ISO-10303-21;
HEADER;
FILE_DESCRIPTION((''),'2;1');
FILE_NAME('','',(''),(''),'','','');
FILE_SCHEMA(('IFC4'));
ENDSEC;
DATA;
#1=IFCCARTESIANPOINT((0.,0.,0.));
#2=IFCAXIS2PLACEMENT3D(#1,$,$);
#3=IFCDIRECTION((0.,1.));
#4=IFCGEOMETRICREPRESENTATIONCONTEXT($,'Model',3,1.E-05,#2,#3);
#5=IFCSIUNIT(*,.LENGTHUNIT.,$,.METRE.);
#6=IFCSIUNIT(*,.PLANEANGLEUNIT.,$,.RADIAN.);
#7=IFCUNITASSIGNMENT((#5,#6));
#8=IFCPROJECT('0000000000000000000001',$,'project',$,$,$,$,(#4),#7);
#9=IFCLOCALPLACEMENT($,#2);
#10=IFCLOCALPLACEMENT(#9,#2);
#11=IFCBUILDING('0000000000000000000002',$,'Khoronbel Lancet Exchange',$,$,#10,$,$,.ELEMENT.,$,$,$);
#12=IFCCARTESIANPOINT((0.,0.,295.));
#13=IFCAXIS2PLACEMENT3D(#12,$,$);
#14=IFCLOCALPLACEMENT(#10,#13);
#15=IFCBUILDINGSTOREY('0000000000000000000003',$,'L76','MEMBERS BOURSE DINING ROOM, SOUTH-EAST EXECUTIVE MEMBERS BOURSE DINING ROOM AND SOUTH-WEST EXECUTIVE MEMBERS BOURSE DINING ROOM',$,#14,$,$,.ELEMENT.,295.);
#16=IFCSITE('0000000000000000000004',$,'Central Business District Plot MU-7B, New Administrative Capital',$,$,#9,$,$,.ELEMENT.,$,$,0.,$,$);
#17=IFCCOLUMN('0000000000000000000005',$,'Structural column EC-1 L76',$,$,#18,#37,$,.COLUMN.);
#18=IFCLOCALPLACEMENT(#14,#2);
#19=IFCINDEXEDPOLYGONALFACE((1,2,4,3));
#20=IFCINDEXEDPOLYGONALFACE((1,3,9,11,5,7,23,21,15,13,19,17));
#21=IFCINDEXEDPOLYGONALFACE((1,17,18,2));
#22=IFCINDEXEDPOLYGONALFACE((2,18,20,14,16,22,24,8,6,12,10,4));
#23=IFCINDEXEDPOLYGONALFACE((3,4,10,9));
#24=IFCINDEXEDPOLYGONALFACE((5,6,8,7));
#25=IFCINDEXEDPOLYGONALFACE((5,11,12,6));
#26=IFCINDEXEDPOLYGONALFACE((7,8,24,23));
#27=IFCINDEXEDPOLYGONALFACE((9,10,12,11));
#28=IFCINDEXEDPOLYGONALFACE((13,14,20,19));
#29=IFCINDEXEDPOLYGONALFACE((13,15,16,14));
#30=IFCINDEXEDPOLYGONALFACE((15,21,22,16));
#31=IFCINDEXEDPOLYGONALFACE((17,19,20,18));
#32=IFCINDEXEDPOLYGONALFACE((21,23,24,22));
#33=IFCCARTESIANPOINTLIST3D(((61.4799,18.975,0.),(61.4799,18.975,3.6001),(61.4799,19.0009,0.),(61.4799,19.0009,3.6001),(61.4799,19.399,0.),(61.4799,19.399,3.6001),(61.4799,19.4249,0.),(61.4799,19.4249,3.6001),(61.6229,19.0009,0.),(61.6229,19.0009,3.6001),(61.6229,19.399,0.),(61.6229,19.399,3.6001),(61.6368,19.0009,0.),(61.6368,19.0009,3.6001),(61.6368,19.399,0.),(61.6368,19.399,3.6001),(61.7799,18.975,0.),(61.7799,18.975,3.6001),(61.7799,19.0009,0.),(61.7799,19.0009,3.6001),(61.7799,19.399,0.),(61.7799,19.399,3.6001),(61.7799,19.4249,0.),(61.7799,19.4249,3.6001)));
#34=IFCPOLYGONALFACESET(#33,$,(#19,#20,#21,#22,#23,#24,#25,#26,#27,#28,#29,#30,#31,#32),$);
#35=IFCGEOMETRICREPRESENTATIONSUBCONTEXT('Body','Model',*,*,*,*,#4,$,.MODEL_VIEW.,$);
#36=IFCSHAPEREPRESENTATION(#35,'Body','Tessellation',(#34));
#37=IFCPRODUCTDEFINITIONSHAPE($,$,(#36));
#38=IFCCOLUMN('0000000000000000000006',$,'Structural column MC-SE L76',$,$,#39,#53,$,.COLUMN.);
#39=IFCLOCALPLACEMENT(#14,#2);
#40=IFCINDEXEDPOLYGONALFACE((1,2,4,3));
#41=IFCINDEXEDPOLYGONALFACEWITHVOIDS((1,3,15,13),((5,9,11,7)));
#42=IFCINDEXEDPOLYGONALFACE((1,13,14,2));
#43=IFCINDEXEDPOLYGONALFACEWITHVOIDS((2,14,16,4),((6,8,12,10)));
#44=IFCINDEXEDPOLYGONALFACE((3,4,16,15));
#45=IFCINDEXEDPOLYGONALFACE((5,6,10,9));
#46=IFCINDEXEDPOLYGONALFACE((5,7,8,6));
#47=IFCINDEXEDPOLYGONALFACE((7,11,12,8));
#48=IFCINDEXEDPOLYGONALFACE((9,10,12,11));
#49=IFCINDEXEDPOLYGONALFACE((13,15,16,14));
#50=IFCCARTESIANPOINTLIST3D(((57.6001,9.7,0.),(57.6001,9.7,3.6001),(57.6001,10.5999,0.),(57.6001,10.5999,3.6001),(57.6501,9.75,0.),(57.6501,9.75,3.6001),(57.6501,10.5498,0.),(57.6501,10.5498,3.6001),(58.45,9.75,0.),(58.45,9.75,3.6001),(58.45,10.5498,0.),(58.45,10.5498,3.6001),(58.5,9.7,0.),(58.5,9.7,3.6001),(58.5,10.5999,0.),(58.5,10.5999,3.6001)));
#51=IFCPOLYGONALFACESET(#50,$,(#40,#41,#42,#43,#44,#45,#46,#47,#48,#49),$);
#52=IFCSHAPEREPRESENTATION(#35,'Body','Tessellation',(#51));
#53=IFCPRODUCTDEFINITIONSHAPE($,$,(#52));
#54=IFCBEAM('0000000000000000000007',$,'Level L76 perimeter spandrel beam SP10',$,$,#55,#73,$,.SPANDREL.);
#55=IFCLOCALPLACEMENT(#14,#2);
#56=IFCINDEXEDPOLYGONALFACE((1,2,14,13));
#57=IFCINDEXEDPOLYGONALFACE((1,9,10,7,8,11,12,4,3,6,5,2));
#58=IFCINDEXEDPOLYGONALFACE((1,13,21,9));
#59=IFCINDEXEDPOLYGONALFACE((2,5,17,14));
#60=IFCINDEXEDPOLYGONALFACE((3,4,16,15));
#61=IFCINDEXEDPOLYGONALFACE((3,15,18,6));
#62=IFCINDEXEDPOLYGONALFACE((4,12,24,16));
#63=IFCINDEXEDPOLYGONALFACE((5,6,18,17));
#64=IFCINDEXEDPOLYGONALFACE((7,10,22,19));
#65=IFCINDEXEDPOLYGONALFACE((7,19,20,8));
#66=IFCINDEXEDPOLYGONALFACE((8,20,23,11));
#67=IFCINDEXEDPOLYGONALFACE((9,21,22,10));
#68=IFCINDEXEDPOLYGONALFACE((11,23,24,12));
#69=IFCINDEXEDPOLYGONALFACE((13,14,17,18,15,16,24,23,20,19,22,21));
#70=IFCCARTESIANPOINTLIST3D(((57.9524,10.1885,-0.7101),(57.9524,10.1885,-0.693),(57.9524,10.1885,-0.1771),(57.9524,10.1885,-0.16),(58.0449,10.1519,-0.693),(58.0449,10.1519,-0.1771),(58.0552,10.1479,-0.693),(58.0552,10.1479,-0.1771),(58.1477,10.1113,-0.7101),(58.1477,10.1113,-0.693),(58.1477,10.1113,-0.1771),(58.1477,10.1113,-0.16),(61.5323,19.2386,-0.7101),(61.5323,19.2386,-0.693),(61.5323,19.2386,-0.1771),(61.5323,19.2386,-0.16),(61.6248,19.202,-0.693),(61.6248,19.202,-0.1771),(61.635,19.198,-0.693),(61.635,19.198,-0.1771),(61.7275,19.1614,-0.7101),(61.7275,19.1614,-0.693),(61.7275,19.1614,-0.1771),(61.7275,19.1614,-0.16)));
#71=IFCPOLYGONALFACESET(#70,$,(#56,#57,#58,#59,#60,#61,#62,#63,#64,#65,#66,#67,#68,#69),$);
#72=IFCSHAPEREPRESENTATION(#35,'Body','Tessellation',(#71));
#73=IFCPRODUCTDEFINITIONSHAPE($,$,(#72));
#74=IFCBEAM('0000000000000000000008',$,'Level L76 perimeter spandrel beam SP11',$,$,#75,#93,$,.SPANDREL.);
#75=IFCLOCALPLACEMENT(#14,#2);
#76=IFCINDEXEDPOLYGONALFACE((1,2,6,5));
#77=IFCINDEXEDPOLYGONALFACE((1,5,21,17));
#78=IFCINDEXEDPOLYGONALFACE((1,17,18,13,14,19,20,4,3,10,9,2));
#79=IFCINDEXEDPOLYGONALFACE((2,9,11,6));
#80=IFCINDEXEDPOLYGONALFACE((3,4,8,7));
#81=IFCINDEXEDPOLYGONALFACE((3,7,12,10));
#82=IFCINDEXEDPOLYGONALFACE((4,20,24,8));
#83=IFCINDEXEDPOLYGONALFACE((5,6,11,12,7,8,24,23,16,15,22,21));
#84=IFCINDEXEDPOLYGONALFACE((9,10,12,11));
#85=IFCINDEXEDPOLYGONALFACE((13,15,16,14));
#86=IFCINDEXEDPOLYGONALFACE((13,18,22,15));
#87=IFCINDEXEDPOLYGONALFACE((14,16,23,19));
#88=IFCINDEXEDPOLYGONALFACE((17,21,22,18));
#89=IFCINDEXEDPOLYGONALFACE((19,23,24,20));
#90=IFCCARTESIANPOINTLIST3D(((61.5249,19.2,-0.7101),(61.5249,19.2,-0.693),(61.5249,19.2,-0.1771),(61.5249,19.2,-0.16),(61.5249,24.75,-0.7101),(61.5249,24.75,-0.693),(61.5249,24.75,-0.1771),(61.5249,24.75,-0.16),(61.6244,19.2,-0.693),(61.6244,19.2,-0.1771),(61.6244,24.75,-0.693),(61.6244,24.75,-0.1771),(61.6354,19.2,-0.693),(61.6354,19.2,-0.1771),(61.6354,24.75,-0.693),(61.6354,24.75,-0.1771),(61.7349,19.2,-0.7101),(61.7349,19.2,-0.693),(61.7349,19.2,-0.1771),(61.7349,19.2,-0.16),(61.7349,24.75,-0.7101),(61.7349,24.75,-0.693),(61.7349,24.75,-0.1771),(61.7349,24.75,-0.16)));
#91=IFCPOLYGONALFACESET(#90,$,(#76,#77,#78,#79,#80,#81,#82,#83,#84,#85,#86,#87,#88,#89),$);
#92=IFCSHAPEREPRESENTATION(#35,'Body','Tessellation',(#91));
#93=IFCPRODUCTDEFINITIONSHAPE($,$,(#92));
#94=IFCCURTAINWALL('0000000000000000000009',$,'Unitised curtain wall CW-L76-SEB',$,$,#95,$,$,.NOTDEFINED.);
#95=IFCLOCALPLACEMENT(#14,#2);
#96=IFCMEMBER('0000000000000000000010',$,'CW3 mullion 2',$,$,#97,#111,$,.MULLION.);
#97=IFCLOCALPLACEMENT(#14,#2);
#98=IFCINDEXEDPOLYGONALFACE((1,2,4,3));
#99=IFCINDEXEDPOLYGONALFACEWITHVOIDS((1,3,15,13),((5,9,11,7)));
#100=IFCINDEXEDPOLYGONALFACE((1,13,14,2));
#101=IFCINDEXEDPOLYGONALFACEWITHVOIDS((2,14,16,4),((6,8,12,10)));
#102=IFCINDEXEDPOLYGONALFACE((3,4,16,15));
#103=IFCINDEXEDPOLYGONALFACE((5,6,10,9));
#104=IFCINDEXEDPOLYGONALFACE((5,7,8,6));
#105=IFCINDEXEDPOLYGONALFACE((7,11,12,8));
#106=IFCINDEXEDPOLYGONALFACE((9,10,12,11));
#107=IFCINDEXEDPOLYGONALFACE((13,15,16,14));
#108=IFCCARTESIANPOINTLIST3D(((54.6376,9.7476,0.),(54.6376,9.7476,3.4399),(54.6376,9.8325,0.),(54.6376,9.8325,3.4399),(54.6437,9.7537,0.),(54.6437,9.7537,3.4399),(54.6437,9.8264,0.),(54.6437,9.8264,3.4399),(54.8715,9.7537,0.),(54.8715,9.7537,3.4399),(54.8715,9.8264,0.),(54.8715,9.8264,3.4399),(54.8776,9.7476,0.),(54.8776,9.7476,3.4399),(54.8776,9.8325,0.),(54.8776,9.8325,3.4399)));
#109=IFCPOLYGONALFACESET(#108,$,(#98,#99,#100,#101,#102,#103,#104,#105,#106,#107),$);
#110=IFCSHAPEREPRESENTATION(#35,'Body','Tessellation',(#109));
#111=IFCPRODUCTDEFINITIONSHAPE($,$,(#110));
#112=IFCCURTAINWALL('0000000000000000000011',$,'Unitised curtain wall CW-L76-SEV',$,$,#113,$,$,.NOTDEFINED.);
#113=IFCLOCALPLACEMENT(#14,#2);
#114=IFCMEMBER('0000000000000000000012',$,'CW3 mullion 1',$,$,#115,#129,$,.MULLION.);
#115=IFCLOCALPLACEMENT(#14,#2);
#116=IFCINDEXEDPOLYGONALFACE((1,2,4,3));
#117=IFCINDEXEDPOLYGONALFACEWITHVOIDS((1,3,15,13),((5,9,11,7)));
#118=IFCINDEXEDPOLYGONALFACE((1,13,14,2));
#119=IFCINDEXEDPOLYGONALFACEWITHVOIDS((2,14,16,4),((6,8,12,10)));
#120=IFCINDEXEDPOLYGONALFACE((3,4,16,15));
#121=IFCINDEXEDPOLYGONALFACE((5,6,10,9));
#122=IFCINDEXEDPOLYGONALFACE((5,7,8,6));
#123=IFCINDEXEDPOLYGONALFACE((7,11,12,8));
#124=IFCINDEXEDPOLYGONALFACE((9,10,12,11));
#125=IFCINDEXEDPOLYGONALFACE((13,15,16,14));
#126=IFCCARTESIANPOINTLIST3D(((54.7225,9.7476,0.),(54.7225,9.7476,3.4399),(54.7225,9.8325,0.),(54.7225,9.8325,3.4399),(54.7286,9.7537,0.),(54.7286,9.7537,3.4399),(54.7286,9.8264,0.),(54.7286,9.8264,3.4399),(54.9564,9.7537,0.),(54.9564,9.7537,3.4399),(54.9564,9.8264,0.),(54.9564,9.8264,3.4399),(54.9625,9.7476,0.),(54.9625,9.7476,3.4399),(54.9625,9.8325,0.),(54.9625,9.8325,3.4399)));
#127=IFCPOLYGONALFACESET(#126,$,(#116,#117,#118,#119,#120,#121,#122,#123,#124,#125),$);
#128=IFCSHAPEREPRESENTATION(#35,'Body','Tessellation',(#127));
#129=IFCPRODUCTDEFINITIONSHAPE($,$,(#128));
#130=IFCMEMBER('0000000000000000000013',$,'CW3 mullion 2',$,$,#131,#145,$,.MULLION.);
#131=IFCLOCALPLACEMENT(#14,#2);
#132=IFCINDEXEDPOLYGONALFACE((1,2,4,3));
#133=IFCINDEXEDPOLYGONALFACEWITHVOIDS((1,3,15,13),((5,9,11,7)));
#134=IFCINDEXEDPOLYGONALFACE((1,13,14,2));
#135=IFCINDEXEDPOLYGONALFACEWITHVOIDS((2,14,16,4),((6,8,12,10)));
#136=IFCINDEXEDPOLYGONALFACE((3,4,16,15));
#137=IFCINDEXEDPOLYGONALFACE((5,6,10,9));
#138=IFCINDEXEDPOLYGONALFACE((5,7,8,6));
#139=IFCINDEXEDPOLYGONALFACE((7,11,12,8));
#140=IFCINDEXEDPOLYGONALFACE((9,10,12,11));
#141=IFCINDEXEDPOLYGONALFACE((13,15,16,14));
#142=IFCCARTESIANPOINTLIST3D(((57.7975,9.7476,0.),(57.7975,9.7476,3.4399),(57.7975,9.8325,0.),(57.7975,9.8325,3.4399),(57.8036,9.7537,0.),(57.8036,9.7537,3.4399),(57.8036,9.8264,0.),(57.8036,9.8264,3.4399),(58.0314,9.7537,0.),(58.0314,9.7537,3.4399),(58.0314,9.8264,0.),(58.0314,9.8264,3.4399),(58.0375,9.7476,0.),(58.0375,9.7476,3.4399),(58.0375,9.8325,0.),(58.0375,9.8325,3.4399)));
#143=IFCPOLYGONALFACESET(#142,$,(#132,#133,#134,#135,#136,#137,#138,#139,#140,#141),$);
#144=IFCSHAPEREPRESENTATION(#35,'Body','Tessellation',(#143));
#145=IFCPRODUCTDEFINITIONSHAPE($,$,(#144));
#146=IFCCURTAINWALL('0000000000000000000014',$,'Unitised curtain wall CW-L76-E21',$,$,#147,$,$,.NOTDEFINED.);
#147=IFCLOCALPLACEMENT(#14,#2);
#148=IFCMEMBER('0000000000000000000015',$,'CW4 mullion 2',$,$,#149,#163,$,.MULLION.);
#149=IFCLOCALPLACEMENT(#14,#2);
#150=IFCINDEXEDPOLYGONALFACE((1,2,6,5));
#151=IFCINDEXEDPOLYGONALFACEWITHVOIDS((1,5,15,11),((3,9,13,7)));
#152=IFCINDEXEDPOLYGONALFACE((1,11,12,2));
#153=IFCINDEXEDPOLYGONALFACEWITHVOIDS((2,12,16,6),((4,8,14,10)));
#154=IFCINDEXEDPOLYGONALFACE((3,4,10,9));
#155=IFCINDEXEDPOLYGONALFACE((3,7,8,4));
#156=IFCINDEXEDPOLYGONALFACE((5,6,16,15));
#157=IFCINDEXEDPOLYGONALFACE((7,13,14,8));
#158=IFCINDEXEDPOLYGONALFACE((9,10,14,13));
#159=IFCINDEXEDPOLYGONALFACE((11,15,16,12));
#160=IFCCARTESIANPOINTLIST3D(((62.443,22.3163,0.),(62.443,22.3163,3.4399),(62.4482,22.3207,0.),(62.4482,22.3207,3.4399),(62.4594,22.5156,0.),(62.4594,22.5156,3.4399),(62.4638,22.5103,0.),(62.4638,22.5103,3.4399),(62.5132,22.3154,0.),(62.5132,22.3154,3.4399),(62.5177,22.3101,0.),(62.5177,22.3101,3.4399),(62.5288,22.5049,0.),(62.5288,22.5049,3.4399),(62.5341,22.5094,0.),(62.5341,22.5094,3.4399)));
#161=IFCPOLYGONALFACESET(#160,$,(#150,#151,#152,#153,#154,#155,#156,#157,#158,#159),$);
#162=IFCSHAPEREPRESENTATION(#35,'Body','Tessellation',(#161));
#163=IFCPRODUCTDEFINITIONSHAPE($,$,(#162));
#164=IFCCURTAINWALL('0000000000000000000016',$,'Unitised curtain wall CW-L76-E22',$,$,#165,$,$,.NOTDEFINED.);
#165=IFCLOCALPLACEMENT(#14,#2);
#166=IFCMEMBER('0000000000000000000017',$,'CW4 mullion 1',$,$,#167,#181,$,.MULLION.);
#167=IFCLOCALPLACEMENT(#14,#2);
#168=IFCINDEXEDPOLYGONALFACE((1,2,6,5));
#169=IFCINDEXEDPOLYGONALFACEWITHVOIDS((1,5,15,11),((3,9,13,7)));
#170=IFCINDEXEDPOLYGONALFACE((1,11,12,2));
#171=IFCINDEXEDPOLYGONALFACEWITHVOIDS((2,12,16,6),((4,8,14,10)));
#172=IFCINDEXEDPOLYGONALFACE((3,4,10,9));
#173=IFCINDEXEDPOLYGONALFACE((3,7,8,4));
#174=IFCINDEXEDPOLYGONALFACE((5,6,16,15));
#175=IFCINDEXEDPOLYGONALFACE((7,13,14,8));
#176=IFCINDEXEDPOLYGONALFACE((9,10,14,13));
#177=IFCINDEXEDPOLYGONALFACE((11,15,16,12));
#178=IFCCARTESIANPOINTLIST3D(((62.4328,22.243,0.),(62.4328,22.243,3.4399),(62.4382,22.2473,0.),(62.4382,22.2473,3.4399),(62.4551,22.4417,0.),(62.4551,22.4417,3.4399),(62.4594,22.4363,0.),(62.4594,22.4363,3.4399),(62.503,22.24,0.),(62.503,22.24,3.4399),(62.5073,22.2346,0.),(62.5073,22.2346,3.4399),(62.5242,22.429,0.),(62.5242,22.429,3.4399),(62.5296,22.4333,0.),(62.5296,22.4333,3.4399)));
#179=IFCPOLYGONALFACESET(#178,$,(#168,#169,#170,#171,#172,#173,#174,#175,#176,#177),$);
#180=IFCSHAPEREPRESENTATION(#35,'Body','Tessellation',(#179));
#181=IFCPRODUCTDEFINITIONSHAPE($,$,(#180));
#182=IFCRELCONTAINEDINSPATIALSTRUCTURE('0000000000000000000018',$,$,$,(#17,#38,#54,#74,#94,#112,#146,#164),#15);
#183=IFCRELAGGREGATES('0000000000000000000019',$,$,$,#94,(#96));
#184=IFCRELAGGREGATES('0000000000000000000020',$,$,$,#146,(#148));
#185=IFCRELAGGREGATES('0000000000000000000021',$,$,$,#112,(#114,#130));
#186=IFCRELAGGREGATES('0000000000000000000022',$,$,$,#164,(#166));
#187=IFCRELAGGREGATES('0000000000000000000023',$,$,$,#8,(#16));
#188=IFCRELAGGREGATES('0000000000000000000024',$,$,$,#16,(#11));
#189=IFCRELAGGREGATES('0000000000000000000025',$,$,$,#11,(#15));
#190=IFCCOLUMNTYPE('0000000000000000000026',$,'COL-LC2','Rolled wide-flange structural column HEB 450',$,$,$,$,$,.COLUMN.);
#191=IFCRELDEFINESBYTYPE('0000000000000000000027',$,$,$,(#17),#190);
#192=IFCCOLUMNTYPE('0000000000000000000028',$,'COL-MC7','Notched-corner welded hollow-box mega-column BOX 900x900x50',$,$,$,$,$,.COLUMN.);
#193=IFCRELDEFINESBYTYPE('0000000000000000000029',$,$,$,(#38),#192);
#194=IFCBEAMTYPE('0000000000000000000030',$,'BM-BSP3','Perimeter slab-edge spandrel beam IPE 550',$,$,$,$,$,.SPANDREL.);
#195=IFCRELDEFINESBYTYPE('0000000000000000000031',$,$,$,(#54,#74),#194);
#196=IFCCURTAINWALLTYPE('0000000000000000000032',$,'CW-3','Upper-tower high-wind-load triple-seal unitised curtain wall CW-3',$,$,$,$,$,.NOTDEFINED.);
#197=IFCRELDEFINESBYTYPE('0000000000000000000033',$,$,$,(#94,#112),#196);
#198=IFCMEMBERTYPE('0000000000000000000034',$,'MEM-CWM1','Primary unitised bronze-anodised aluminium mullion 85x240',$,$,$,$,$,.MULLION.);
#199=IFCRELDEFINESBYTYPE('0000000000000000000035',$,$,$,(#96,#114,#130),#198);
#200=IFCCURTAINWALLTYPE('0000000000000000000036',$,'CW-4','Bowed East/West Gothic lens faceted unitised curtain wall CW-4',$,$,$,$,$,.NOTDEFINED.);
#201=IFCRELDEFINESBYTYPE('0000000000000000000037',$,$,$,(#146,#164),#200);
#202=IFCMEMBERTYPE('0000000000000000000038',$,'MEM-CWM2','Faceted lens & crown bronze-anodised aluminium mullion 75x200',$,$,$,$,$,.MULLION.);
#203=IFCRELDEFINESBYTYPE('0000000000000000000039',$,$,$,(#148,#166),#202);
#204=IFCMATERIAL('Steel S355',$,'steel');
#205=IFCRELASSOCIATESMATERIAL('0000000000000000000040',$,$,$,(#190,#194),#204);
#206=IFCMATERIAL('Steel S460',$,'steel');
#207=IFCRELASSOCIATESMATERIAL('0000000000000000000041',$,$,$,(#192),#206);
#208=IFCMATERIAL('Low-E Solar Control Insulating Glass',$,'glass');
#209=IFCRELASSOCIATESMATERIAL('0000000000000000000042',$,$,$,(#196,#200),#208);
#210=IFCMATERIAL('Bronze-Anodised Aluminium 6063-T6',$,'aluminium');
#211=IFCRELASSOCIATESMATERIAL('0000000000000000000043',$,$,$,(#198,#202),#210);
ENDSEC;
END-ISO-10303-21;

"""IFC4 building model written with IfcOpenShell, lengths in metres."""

from ifc_helpers import new_model, si_unit, direction, frame, origin, origin_2d, place, context, subcontext, project, spatial, hollow_rectangle, i_section, extrude, material, material_profile, profile_set, type_object, element, aggregate, save


model = new_model("IFC4")

# Units and contexts
model_context = context("Model", 3, precision=1e-05, world=origin(), true_north=direction((0.0, 1.0)))
body_context = subcontext(model_context, "Body", "Model", "MODEL_VIEW")
ifc_project = project(units=[si_unit("LENGTHUNIT", "METRE"), si_unit("PLANEANGLEUNIT", "RADIAN")], contexts=[model_context])

# Site, building, storey
site_placement = place(None, origin())
site = spatial("IfcSite", under=ifc_project, at=site_placement, Name="Central Business District Plot MU-7B, New Administrative Capital", CompositionType="ELEMENT", RefElevation=0.0)
building_placement = place(site_placement, origin())
building = spatial("IfcBuilding", under=site, at=building_placement, Name="Khoronbel Lancet Exchange", CompositionType="ELEMENT")
storey_placement = place(building_placement, frame((0.0, 0.0, 295.0)))
storey = spatial("IfcBuildingStorey", under=building, at=storey_placement, Name="L76", Description="MEMBERS BOURSE DINING ROOM, SOUTH-EAST EXECUTIVE MEMBERS BOURSE DINING ROOM AND SOUTH-WEST EXECUTIVE MEMBERS BOURSE DINING ROOM", CompositionType="ELEMENT", Elevation=295.0)

# Columns
ifc_material_1 = material(Name="Steel S355", Category="steel")
ifc_material_profile_1 = material_profile(ifc_material_1, i_section(OverallWidth=0.3, OverallDepth=0.45, WebThickness=0.0139, FlangeThickness=0.0259, at=origin_2d()), Name="HEB 450")
ifc_profile_set_1 = profile_set([ifc_material_profile_1], Name="Steel S355")
column_type_1 = type_object("IfcColumnType", Name="COL-LC2", Description="Rolled wide-flange structural column HEB 450", PredefinedType="COLUMN", material=ifc_profile_set_1)
column_1_placement = place(storey_placement, frame((61.6299, 19.2, 0.0), z_axis=(0.0, 0.0, 1.0), x_axis=(1.0, 0.0, 0.0)))
element("IfcColumn", 1, at=column_1_placement, inside=storey, type_object=column_type_1, Name="Structural column EC-1 L76", PredefinedType="COLUMN", context=body_context, shape_type="SweptSolid", body=[
    extrude(i_section(OverallWidth=0.3, OverallDepth=0.45, WebThickness=0.0139, FlangeThickness=0.0259, at=origin_2d()), origin(), (0.0, 0.0, 1.0), 3.6001),
])
ifc_material_2 = material(Name="Steel S460", Category="steel")
ifc_material_profile_2 = material_profile(ifc_material_2, hollow_rectangle(XDim=0.8999, YDim=0.8999, WallThickness=0.05, at=origin_2d()), Name="BOX 900x900x50")
ifc_profile_set_2 = profile_set([ifc_material_profile_2], Name="Steel S460")
column_type_2 = type_object("IfcColumnType", Name="COL-MC7", Description="Notched-corner welded hollow-box mega-column BOX 900x900x50", PredefinedType="COLUMN", material=ifc_profile_set_2)
column_2_placement = place(storey_placement, frame((58.05, 10.1499, 0.0), z_axis=(0.0, 0.0, 1.0), x_axis=(1.0, 0.0, 0.0)))
element("IfcColumn", 2, at=column_2_placement, inside=storey, type_object=column_type_2, Name="Structural column MC-SE L76", PredefinedType="COLUMN", context=body_context, shape_type="SweptSolid", body=[
    extrude(hollow_rectangle(XDim=0.8999, YDim=0.8999, WallThickness=0.05, at=origin_2d()), origin(), (0.0, 0.0, 1.0), 3.6001),
])

# Beams
ifc_material_profile_3 = material_profile(ifc_material_1, i_section(OverallWidth=0.21, OverallDepth=0.55, WebThickness=0.011, FlangeThickness=0.0171, at=origin_2d()), Name="IPE 550")
ifc_profile_set_3 = profile_set([ifc_material_profile_3], Name="Steel S355")
beam_type = type_object("IfcBeamType", Name="BM-BSP3", Description="Perimeter slab-edge spandrel beam IPE 550", PredefinedType="SPANDREL", material=ifc_profile_set_3)
beam_1_placement = place(storey_placement, frame((58.05, 10.1499, -0.4351), z_axis=(0.367828, 0.929894, 0.0), x_axis=(-0.929894, 0.367828, 0.0)))
element("IfcBeam", 3, at=beam_1_placement, inside=storey, type_object=beam_type, Name="Level L76 perimeter spandrel beam SP10", PredefinedType="SPANDREL", context=body_context, shape_type="SweptSolid", body=[
    extrude(i_section(OverallWidth=0.21, OverallDepth=0.55, WebThickness=0.011, FlangeThickness=0.0171, at=origin_2d()), origin(), (0.0, 0.0, 1.0), 9.7324),
])
beam_2_placement = place(storey_placement, frame((61.6299, 19.2, -0.4351), z_axis=(0.0, 1.0, 0.0), x_axis=(-1.0, 0.0, 0.0)))
element("IfcBeam", 4, at=beam_2_placement, inside=storey, type_object=beam_type, Name="Level L76 perimeter spandrel beam SP11", PredefinedType="SPANDREL", context=body_context, shape_type="SweptSolid", body=[
    extrude(i_section(OverallWidth=0.21, OverallDepth=0.55, WebThickness=0.011, FlangeThickness=0.0171, at=origin_2d()), origin(), (0.0, 0.0, 1.0), 5.55),
])

# Curtain wall, member
ifc_material_3 = material(Name="Low-E Solar Control Insulating Glass", Category="glass")
curtain_wall_type_1 = type_object("IfcCurtainWallType", Name="CW-3", Description="Upper-tower high-wind-load triple-seal unitised curtain wall CW-3", PredefinedType="NOTDEFINED", material=ifc_material_3)
curtain_wall_1_placement = place(storey_placement, origin())
curtain_wall_1 = element("IfcCurtainWall", 5, at=curtain_wall_1_placement, inside=storey, type_object=curtain_wall_type_1, Name="Unitised curtain wall CW-L76-SEB", PredefinedType="NOTDEFINED")
ifc_material_4 = material(Name="Bronze-Anodised Aluminium 6063-T6", Category="aluminium")
ifc_material_profile_4 = material_profile(ifc_material_4, hollow_rectangle(XDim=0.085, YDim=0.24, WallThickness=0.0061, at=origin_2d()), Name="ALU MULLION 85x240")
ifc_profile_set_4 = profile_set([ifc_material_profile_4], Name="Bronze-Anodised Aluminium 6063-T6")
member_type_1 = type_object("IfcMemberType", Name="MEM-CWM1", Description="Primary unitised bronze-anodised aluminium mullion 85x240", PredefinedType="MULLION", material=ifc_profile_set_4)
member_1_placement = place(storey_placement, frame((54.7576, 9.79, 0.0), z_axis=(0.0, 0.0, 1.0), x_axis=(0.0, 1.0, 0.0)))
member_1 = element("IfcMember", 6, at=member_1_placement, type_object=member_type_1, Name="CW3 mullion 2", PredefinedType="MULLION", context=body_context, shape_type="SweptSolid", body=[
    extrude(hollow_rectangle(XDim=0.085, YDim=0.24, WallThickness=0.0061, at=origin_2d()), origin(), (0.0, 0.0, 1.0), 3.4399),
])
aggregate(curtain_wall_1, [member_1])

# Curtain wall, members
curtain_wall_2_placement = place(storey_placement, origin())
curtain_wall_2 = element("IfcCurtainWall", 7, at=curtain_wall_2_placement, inside=storey, type_object=curtain_wall_type_1, Name="Unitised curtain wall CW-L76-SEV", PredefinedType="NOTDEFINED")
member_2_placement = place(storey_placement, frame((54.8425, 9.79, 0.0), z_axis=(0.0, 0.0, 1.0), x_axis=(0.0, 1.0, 0.0)))
member_2 = element("IfcMember", 8, at=member_2_placement, type_object=member_type_1, Name="CW3 mullion 1", PredefinedType="MULLION", context=body_context, shape_type="SweptSolid", body=[
    extrude(hollow_rectangle(XDim=0.085, YDim=0.24, WallThickness=0.0061, at=origin_2d()), origin(), (0.0, 0.0, 1.0), 3.4399),
])
member_3_placement = place(storey_placement, frame((57.9175, 9.79, 0.0), z_axis=(0.0, 0.0, 1.0), x_axis=(0.0, 1.0, 0.0)))
member_3 = element("IfcMember", 9, at=member_3_placement, type_object=member_type_1, Name="CW3 mullion 2", PredefinedType="MULLION", context=body_context, shape_type="SweptSolid", body=[
    extrude(hollow_rectangle(XDim=0.085, YDim=0.24, WallThickness=0.0061, at=origin_2d()), origin(), (0.0, 0.0, 1.0), 3.4399),
])

# Curtain wall, member
curtain_wall_type_2 = type_object("IfcCurtainWallType", Name="CW-4", Description="Bowed East/West Gothic lens faceted unitised curtain wall CW-4", PredefinedType="NOTDEFINED", material=ifc_material_3)
curtain_wall_3_placement = place(storey_placement, origin())
curtain_wall_3 = element("IfcCurtainWall", 10, at=curtain_wall_3_placement, inside=storey, type_object=curtain_wall_type_2, Name="Unitised curtain wall CW-L76-E21", PredefinedType="NOTDEFINED")
ifc_material_profile_5 = material_profile(ifc_material_4, hollow_rectangle(XDim=0.075, YDim=0.2, WallThickness=0.0049, at=origin_2d()), Name="ALU MULLION 75x200")
ifc_profile_set_5 = profile_set([ifc_material_profile_5], Name="Bronze-Anodised Aluminium 6063-T6")
member_type_2 = type_object("IfcMemberType", Name="MEM-CWM2", Description="Faceted lens & crown bronze-anodised aluminium mullion 75x200", PredefinedType="MULLION", material=ifc_profile_set_5)
member_4_placement = place(storey_placement, frame((62.4885, 22.4128, 0.0), z_axis=(0.0, 0.0, 1.0), x_axis=(0.996626, -0.082073, 0.0)))
member_4 = element("IfcMember", 11, at=member_4_placement, type_object=member_type_2, Name="CW4 mullion 2", PredefinedType="MULLION", context=body_context, shape_type="SweptSolid", body=[
    extrude(hollow_rectangle(XDim=0.075, YDim=0.2, WallThickness=0.0049, at=origin_2d()), origin(), (0.0, 0.0, 1.0), 3.4399),
])
aggregate(curtain_wall_3, [member_4])

# Curtain wall, member
curtain_wall_4_placement = place(storey_placement, origin())
curtain_wall_4 = element("IfcCurtainWall", 12, at=curtain_wall_4_placement, inside=storey, type_object=curtain_wall_type_2, Name="Unitised curtain wall CW-L76-E22", PredefinedType="NOTDEFINED")
member_5_placement = place(storey_placement, frame((62.4812, 22.3381, 0.0), z_axis=(0.0, 0.0, 1.0), x_axis=(0.993732, -0.111791, 0.0)))
member_5 = element("IfcMember", 13, at=member_5_placement, type_object=member_type_2, Name="CW4 mullion 1", PredefinedType="MULLION", context=body_context, shape_type="SweptSolid", body=[
    extrude(hollow_rectangle(XDim=0.075, YDim=0.2, WallThickness=0.0049, at=origin_2d()), origin(), (0.0, 0.0, 1.0), 3.4399),
])

aggregate(curtain_wall_2, [member_2, member_3])
aggregate(curtain_wall_4, [member_5])

save(model, "model.ifc")
